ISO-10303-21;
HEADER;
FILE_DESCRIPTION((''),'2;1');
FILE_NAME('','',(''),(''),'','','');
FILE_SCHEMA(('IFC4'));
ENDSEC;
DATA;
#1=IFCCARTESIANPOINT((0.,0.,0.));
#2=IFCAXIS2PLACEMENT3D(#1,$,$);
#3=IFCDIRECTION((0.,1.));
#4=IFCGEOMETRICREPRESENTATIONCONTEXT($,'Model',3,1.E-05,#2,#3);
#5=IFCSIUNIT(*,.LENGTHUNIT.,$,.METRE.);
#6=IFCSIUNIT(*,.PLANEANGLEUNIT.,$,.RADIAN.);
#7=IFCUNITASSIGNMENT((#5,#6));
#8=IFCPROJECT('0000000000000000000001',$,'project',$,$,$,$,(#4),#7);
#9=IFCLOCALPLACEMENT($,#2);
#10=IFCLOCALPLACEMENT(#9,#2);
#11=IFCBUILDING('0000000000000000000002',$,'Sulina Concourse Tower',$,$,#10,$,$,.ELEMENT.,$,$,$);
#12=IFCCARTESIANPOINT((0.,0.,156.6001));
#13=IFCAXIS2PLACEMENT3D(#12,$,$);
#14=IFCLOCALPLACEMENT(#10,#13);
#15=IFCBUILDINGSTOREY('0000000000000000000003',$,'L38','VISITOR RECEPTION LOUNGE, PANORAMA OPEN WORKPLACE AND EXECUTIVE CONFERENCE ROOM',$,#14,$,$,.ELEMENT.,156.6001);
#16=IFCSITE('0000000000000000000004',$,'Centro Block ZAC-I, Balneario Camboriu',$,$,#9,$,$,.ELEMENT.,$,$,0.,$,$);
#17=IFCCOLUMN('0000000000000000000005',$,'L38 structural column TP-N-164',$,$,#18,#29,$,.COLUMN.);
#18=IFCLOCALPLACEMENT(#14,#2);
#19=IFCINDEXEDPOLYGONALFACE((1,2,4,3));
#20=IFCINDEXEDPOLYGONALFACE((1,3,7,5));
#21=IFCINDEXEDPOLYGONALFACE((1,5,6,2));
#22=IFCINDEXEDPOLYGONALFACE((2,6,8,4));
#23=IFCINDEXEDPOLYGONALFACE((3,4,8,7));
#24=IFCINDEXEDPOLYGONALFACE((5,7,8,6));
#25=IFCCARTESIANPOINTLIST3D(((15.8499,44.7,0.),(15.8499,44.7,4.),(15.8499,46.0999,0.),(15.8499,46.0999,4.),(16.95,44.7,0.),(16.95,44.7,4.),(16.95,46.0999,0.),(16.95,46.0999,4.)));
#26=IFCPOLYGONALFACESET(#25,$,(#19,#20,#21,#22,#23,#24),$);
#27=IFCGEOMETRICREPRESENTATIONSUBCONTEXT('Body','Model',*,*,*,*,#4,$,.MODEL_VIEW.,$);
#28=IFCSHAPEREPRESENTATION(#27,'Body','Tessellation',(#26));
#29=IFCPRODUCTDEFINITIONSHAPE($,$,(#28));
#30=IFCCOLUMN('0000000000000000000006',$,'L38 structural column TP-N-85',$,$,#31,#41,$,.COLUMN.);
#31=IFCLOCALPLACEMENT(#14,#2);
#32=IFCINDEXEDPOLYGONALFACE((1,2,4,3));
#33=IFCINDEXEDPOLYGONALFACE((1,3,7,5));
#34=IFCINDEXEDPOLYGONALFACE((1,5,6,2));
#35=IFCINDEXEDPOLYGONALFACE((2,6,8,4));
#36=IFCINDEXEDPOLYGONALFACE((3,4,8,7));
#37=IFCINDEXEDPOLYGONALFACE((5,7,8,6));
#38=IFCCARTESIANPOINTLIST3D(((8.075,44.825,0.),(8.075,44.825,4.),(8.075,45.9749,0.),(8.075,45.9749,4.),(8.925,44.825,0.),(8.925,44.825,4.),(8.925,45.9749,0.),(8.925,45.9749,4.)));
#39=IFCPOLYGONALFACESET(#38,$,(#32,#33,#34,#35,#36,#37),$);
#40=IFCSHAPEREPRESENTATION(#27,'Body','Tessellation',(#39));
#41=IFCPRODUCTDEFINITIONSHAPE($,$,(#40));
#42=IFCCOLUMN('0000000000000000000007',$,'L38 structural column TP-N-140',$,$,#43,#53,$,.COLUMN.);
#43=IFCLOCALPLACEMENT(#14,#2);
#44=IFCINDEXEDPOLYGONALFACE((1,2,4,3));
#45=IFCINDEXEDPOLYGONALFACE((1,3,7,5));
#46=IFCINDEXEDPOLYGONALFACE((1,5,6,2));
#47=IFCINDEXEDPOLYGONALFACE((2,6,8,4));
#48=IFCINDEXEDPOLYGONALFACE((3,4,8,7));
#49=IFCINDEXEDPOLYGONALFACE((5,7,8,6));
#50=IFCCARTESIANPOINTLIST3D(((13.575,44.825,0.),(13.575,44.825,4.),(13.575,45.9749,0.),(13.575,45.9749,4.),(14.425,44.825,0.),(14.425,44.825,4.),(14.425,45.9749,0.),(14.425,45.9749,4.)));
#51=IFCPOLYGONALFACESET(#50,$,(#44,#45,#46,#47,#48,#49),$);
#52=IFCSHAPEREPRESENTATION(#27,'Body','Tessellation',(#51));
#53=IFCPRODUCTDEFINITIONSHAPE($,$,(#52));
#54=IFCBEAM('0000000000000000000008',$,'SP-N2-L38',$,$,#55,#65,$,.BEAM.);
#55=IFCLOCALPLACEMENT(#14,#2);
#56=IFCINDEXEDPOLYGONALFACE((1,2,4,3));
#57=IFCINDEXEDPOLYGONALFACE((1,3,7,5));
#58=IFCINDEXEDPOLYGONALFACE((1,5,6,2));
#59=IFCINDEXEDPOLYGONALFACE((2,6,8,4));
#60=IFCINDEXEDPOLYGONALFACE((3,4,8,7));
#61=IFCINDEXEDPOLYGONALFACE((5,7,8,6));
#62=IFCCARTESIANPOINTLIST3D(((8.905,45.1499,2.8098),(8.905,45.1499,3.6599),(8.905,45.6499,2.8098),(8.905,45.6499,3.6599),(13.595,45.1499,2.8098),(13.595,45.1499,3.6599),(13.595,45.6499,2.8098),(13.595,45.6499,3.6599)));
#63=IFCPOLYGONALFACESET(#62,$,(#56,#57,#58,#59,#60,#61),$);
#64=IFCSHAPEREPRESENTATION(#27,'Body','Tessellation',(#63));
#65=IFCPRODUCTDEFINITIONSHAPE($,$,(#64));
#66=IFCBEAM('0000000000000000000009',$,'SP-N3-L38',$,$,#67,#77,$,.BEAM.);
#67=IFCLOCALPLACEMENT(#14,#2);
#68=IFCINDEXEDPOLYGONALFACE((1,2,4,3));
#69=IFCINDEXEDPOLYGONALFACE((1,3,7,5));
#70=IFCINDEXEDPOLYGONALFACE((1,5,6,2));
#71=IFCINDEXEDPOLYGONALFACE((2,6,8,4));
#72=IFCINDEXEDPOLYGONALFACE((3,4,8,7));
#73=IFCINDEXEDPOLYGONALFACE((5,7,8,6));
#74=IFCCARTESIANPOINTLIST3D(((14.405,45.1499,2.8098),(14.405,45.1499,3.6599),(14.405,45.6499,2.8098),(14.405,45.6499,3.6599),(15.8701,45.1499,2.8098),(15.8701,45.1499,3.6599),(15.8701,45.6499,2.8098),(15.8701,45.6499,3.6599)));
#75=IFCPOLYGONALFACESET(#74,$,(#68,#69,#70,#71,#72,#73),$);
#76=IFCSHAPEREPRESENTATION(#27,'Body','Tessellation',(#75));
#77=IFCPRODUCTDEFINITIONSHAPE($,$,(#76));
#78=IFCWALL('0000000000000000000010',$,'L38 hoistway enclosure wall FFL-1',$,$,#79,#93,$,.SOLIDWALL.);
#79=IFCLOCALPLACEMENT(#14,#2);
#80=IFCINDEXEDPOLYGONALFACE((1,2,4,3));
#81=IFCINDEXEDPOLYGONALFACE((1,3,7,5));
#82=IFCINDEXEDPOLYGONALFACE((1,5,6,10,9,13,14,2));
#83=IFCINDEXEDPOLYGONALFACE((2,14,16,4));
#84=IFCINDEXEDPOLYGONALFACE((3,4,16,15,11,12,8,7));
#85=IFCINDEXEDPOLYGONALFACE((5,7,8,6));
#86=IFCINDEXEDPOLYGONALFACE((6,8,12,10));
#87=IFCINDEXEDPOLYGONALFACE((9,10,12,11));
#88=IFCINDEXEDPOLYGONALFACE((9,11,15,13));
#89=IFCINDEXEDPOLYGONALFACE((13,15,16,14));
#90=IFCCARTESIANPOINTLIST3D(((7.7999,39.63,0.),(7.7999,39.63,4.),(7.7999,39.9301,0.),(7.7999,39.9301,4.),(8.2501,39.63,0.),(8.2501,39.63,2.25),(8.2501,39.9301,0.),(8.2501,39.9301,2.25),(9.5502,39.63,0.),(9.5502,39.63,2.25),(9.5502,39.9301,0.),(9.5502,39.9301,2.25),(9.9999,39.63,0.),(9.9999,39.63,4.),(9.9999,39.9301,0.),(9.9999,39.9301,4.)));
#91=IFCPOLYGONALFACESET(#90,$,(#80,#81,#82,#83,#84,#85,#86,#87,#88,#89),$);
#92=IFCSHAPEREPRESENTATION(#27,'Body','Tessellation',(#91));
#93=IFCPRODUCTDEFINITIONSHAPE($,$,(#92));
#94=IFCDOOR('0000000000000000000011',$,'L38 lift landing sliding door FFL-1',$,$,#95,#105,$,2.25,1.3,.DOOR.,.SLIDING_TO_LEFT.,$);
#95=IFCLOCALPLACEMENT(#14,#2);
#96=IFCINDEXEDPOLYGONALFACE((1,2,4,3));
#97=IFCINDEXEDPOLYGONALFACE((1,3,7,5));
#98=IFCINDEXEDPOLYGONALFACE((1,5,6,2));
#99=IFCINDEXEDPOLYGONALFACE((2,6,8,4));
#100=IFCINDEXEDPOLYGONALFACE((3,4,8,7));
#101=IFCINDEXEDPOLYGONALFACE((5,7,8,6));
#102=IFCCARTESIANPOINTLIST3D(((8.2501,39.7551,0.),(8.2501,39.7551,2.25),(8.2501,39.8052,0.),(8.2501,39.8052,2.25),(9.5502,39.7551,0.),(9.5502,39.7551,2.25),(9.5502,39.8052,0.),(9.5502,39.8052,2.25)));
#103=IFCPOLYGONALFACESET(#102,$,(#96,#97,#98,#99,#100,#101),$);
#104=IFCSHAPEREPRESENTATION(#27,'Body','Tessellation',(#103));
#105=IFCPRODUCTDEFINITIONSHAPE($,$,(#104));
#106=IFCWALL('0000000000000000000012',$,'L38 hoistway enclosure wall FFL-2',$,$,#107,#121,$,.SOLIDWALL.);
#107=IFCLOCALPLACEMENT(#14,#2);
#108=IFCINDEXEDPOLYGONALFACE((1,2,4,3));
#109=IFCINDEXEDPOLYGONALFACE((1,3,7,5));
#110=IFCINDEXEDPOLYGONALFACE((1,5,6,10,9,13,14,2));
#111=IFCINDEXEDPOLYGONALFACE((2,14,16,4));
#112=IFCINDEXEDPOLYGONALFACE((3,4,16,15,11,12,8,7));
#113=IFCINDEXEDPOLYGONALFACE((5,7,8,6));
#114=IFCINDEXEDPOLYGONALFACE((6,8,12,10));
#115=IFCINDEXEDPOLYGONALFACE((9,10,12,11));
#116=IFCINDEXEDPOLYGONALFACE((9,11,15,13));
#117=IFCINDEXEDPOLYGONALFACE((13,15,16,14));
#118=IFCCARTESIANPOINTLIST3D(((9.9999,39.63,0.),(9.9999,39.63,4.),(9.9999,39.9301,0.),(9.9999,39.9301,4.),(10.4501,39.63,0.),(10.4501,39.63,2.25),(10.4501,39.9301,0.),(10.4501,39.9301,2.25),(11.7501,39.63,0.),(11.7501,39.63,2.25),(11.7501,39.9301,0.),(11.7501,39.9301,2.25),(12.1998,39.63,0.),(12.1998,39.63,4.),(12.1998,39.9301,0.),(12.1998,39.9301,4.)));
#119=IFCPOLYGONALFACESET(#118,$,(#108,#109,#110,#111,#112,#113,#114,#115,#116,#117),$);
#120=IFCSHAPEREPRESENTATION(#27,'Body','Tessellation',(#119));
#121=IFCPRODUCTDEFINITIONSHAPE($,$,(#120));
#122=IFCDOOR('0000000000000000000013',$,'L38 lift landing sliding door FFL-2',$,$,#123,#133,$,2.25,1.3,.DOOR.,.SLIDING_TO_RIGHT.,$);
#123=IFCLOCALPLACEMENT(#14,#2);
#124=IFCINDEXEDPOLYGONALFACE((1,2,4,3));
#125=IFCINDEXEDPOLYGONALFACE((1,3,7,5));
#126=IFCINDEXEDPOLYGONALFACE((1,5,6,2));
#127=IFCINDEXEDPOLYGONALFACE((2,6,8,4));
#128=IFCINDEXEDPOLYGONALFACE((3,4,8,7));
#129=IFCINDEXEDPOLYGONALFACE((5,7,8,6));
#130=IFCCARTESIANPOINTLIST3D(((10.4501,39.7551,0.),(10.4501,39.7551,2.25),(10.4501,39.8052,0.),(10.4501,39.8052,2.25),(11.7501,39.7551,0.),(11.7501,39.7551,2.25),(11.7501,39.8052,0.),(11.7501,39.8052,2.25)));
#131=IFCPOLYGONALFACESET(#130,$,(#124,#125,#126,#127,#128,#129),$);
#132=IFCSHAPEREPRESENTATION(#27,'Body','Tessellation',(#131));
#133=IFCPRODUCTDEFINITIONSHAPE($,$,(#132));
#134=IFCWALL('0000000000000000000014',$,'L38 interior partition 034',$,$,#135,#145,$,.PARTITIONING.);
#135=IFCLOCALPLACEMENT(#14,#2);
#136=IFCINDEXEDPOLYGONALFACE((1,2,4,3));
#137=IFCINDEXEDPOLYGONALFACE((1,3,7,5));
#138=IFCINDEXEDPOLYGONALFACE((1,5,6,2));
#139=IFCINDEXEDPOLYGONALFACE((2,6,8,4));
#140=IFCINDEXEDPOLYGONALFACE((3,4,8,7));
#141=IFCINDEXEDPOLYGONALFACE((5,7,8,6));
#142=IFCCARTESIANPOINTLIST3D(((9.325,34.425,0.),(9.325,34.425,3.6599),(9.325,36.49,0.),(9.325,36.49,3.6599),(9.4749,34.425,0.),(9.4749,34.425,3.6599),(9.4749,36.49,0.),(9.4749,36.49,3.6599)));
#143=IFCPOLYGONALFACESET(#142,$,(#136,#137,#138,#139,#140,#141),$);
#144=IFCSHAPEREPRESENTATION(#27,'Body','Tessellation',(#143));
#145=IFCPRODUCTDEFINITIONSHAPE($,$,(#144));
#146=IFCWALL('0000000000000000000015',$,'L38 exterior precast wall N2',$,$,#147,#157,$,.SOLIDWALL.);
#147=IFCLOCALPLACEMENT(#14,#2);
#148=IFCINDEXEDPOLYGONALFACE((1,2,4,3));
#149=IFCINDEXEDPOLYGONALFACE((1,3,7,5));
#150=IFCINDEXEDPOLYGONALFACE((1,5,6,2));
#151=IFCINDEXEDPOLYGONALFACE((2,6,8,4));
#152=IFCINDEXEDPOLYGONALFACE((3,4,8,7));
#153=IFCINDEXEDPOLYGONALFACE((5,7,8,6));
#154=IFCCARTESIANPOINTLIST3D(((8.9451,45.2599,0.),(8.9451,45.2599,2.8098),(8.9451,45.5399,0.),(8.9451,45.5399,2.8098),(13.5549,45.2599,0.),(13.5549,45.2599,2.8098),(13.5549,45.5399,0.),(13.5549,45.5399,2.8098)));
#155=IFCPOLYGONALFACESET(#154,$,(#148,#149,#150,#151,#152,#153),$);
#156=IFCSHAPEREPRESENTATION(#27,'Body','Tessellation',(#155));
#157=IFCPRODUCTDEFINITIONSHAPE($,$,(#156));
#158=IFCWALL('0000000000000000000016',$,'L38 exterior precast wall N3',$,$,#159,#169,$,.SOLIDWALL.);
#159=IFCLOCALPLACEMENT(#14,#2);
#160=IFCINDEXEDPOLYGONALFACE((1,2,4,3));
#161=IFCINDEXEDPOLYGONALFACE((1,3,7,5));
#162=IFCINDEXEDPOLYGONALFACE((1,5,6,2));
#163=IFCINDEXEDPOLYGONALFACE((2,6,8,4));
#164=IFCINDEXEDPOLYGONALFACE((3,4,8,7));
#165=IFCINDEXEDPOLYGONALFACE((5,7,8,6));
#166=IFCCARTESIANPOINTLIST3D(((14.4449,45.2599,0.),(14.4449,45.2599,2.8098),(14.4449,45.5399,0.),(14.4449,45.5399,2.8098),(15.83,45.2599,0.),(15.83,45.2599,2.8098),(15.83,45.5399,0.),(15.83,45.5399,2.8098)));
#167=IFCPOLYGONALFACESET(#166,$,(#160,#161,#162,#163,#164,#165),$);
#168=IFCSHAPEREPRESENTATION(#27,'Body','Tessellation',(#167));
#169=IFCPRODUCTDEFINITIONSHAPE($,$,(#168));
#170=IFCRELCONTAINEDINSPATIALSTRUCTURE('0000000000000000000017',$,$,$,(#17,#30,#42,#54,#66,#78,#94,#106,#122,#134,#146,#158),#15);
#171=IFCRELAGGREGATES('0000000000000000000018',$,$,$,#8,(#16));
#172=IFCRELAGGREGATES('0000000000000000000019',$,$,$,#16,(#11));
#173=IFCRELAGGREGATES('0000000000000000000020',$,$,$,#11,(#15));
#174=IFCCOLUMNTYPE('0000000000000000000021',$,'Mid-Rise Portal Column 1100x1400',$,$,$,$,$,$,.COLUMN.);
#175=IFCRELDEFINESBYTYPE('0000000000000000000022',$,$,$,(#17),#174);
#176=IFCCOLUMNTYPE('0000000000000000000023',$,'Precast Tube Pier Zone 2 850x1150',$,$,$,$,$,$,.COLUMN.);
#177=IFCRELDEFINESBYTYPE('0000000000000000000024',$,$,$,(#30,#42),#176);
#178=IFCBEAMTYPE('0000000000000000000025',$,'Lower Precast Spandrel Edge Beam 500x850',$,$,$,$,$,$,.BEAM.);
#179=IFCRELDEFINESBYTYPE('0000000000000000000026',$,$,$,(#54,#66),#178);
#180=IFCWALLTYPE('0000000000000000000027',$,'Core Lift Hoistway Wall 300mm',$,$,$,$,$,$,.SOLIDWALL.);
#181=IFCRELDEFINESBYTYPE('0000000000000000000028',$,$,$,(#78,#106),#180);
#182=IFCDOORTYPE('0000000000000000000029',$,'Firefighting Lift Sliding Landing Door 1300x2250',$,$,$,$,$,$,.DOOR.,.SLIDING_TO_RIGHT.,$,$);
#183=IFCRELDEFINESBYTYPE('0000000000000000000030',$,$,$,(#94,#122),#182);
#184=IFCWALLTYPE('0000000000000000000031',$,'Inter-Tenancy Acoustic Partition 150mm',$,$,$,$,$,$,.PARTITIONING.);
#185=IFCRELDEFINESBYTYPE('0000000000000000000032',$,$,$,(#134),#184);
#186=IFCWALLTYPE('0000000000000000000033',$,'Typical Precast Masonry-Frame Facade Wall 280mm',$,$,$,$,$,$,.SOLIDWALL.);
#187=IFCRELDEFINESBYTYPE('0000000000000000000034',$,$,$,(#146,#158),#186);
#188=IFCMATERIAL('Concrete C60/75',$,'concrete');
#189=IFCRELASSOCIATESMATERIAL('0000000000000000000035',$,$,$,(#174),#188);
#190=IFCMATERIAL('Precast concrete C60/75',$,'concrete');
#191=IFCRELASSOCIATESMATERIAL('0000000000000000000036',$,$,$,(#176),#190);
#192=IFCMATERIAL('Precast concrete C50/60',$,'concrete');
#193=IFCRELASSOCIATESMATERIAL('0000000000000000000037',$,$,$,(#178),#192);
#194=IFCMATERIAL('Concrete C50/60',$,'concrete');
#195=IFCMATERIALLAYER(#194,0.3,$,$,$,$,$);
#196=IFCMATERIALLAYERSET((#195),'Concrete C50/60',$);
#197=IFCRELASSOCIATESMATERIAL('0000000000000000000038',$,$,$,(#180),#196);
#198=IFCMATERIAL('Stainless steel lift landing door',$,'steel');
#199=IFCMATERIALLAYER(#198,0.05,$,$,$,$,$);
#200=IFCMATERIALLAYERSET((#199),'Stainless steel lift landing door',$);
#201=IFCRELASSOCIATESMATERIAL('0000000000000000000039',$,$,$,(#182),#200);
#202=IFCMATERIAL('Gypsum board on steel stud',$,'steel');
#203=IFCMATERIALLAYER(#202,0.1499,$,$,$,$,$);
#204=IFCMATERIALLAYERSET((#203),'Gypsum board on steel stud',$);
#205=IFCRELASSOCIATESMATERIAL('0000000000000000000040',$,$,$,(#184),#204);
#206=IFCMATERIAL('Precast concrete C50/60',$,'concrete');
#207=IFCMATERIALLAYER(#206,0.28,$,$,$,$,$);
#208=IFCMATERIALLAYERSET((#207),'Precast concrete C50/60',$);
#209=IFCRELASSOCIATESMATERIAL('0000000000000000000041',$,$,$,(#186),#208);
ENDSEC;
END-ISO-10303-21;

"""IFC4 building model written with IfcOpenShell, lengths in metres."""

from ifc_helpers import new_model, si_unit, direction, frame, frame_2d, origin, origin_2d, place, context, subcontext, project, spatial, rectangle, extrude, material, layer, layer_set, material_profile, profile_set, type_object, element, fill, save


model = new_model("IFC4")

# Units and contexts
model_context = context("Model", 3, precision=1e-05, world=origin(), true_north=direction((0.0, 1.0)))
body_context = subcontext(model_context, "Body", "Model", "MODEL_VIEW")
ifc_project = project(units=[si_unit("LENGTHUNIT", "METRE"), si_unit("PLANEANGLEUNIT", "RADIAN")], contexts=[model_context])

# Site, building, storey
site_placement = place(None, origin())
site = spatial("IfcSite", under=ifc_project, at=site_placement, Name="Centro Block ZAC-I, Balneario Camboriu", CompositionType="ELEMENT", RefElevation=0.0)
building_placement = place(site_placement, origin())
building = spatial("IfcBuilding", under=site, at=building_placement, Name="Sulina Concourse Tower", CompositionType="ELEMENT")
storey_placement = place(building_placement, frame((0.0, 0.0, 156.6001)))
storey = spatial("IfcBuildingStorey", under=building, at=storey_placement, Name="L38", Description="VISITOR RECEPTION LOUNGE, PANORAMA OPEN WORKPLACE AND EXECUTIVE CONFERENCE ROOM", CompositionType="ELEMENT", Elevation=156.6001)

# Columns
ifc_material_1 = material(Name="Concrete C60/75", Category="concrete")
ifc_material_profile_1 = material_profile(ifc_material_1, rectangle(XDim=1.1001, YDim=1.3999, at=origin_2d()), Name="RC 1100x1400")
ifc_profile_set_1 = profile_set([ifc_material_profile_1], Name="Concrete C60/75")
column_type_1 = type_object("IfcColumnType", Name="Mid-Rise Portal Column 1100x1400", PredefinedType="COLUMN", material=ifc_profile_set_1)
column_placement = place(storey_placement, frame((16.3999, 45.3999, 0.0), z_axis=(0.0, 0.0, 1.0), x_axis=(1.0, 0.0, 0.0)))
element("IfcColumn", 1, at=column_placement, inside=storey, type_object=column_type_1, Name="L38 structural column TP-N-164", PredefinedType="COLUMN", context=body_context, shape_type="SweptSolid", body=[
    extrude(rectangle(XDim=1.1001, YDim=1.3999, at=origin_2d()), origin(), (0.0, 0.0, 1.0), 4.0),
])
ifc_material_2 = material(Name="Precast concrete C60/75", Category="concrete")
ifc_material_profile_2 = material_profile(ifc_material_2, rectangle(XDim=0.8501, YDim=1.1499, at=origin_2d()), Name="PC 850x1150")
ifc_profile_set_2 = profile_set([ifc_material_profile_2], Name="Precast concrete C60/75")
column_type_2 = type_object("IfcColumnType", Name="Precast Tube Pier Zone 2 850x1150", PredefinedType="COLUMN", material=ifc_profile_set_2)
for number, where, z_axis, x_axis, name in (
    (2, (8.5, 45.3999, 0.0), (0.0, 0.0, 1.0), (1.0, 0.0, 0.0), "L38 structural column TP-N-85"),
    (3, (14.0, 45.3999, 0.0), (0.0, 0.0, 1.0), (1.0, 0.0, 0.0), "L38 structural column TP-N-140"),
):
    element("IfcColumn", number, at=place(storey_placement, frame(where, z_axis=z_axis, x_axis=x_axis)), inside=storey, type_object=column_type_2, Name=name, PredefinedType="COLUMN", context=body_context, shape_type="SweptSolid", body=[
        extrude(rectangle(XDim=0.8501, YDim=1.1499, at=origin_2d()), origin(), (0.0, 0.0, 1.0), 4.0),
    ])

# Beams
ifc_material_3 = material(Name="Precast concrete C50/60", Category="concrete")
ifc_material_profile_3 = material_profile(ifc_material_3, rectangle(XDim=0.5, YDim=0.8501, at=origin_2d()), Name="RC 500x850")
ifc_profile_set_3 = profile_set([ifc_material_profile_3], Name="Precast concrete C50/60")
beam_type = type_object("IfcBeamType", Name="Lower Precast Spandrel Edge Beam 500x850", PredefinedType="BEAM", material=ifc_profile_set_3)
beam_1_placement = place(storey_placement, frame((8.905, 45.3999, 3.2349), z_axis=(1.0, 0.0, 0.0), x_axis=(0.0, 1.0, 0.0)))
element("IfcBeam", 4, at=beam_1_placement, inside=storey, type_object=beam_type, Name="SP-N2-L38", PredefinedType="BEAM", context=body_context, shape_type="SweptSolid", body=[
    extrude(rectangle(XDim=0.5, YDim=0.8501, at=origin_2d()), origin(), (0.0, 0.0, 1.0), 4.6899),
])
beam_2_placement = place(storey_placement, frame((14.405, 45.3999, 3.2349), z_axis=(1.0, 0.0, 0.0), x_axis=(0.0, 1.0, 0.0)))
element("IfcBeam", 5, at=beam_2_placement, inside=storey, type_object=beam_type, Name="SP-N3-L38", PredefinedType="BEAM", context=body_context, shape_type="SweptSolid", body=[
    extrude(rectangle(XDim=0.5, YDim=0.8501, at=origin_2d()), origin(), (0.0, 0.0, 1.0), 1.4651),
])

# Walls, openings, doors
ifc_material_4 = material(Name="Concrete C50/60", Category="concrete")
ifc_layer_1 = layer(ifc_material_4, 0.3)
ifc_layer_set_1 = layer_set([ifc_layer_1], Name="Concrete C50/60")
wall_type_1 = type_object("IfcWallType", Name="Core Lift Hoistway Wall 300mm", PredefinedType="SOLIDWALL", material=ifc_layer_set_1)
wall_1_placement = place(storey_placement, frame((10.0, 39.78, 0.0), z_axis=(0.0, 0.0, 1.0), x_axis=(-1.0, 0.0, 0.0)))
wall_1 = element("IfcWall", 6, at=wall_1_placement, inside=storey, type_object=wall_type_1, Name="L38 hoistway enclosure wall FFL-1", PredefinedType="SOLIDWALL", context=body_context, shape_type="SweptSolid", body=[
    extrude(rectangle(XDim=2.2, YDim=0.3, at=frame_2d((1.1001, 0.0))), origin(), (0.0, 0.0, 1.0), 4.0),
])
opening_1_placement = place(wall_1_placement, frame((0.45, 0.0, 0.0)))
opening_1 = element("IfcOpeningElement", 7, at=opening_1_placement, cuts=wall_1, PredefinedType="OPENING", context=body_context, shape_type="SweptSolid", body=[
    extrude(rectangle(XDim=1.3, YDim=2.25, at=frame_2d((0.6499, 1.125))), frame((0.0, 0.1599, 0.0), z_axis=(0.0, -1.0, 0.0), x_axis=(1.0, 0.0, 0.0)), (0.0, 0.0, 1.0), 0.3201),
])
ifc_material_5 = material(Name="Stainless steel lift landing door", Category="steel")
ifc_layer_2 = layer(ifc_material_5, 0.05)
ifc_layer_set_2 = layer_set([ifc_layer_2], Name="Stainless steel lift landing door")
door_type = type_object("IfcDoorType", Name="Firefighting Lift Sliding Landing Door 1300x2250", OperationType="SLIDING_TO_RIGHT", PredefinedType="DOOR", material=ifc_layer_set_2)
door_1_placement = place(opening_1_placement, origin())
door_1 = element("IfcDoor", 8, at=door_1_placement, inside=storey, type_object=door_type, Name="L38 lift landing sliding door FFL-1", OperationType="SLIDING_TO_LEFT", OverallHeight=2.25, OverallWidth=1.3, PredefinedType="DOOR", context=body_context, shape_type="SweptSolid", body=[
    extrude(rectangle(XDim=1.3, YDim=2.25, at=frame_2d((0.6499, 1.125))), frame((0.0, 0.0249, 0.0), z_axis=(0.0, -1.0, 0.0), x_axis=(1.0, 0.0, 0.0)), (0.0, 0.0, 1.0), 0.05),
])
fill(opening_1, door_1)
wall_2_placement = place(storey_placement, frame((12.2, 39.78, 0.0), z_axis=(0.0, 0.0, 1.0), x_axis=(-1.0, 0.0, 0.0)))
wall_2 = element("IfcWall", 9, at=wall_2_placement, inside=storey, type_object=wall_type_1, Name="L38 hoistway enclosure wall FFL-2", PredefinedType="SOLIDWALL", context=body_context, shape_type="SweptSolid", body=[
    extrude(rectangle(XDim=2.2, YDim=0.3, at=frame_2d((1.1001, 0.0))), origin(), (0.0, 0.0, 1.0), 4.0),
])
opening_2_placement = place(wall_2_placement, frame((0.45, 0.0, 0.0)))
opening_2 = element("IfcOpeningElement", 10, at=opening_2_placement, cuts=wall_2, PredefinedType="OPENING", context=body_context, shape_type="SweptSolid", body=[
    extrude(rectangle(XDim=1.3, YDim=2.25, at=frame_2d((0.6499, 1.125))), frame((0.0, 0.1599, 0.0), z_axis=(0.0, -1.0, 0.0), x_axis=(1.0, 0.0, 0.0)), (0.0, 0.0, 1.0), 0.3201),
])
door_2_placement = place(opening_2_placement, origin())
door_2 = element("IfcDoor", 11, at=door_2_placement, inside=storey, type_object=door_type, Name="L38 lift landing sliding door FFL-2", OperationType="SLIDING_TO_RIGHT", OverallHeight=2.25, OverallWidth=1.3, PredefinedType="DOOR", context=body_context, shape_type="SweptSolid", body=[
    extrude(rectangle(XDim=1.3, YDim=2.25, at=frame_2d((0.6499, 1.125))), frame((0.0, 0.0249, 0.0), z_axis=(0.0, -1.0, 0.0), x_axis=(1.0, 0.0, 0.0)), (0.0, 0.0, 1.0), 0.05),
])
fill(opening_2, door_2)

# Walls
ifc_material_6 = material(Name="Gypsum board on steel stud", Category="steel")
ifc_layer_3 = layer(ifc_material_6, 0.1499)
ifc_layer_set_3 = layer_set([ifc_layer_3], Name="Gypsum board on steel stud")
wall_type_2 = type_object("IfcWallType", Name="Inter-Tenancy Acoustic Partition 150mm", PredefinedType="PARTITIONING", material=ifc_layer_set_3)
wall_3_placement = place(storey_placement, frame((9.3999, 34.425, 0.0), z_axis=(0.0, 0.0, 1.0), x_axis=(0.0, 1.0, 0.0)))
element("IfcWall", 12, at=wall_3_placement, inside=storey, type_object=wall_type_2, Name="L38 interior partition 034", PredefinedType="PARTITIONING", context=body_context, shape_type="SweptSolid", body=[
    extrude(rectangle(XDim=2.0649, YDim=0.1499, at=frame_2d((1.0325, 0.0))), origin(), (0.0, 0.0, 1.0), 3.6599),
])
ifc_material_7 = material(Name="Precast concrete C50/60", Category="concrete")
ifc_layer_4 = layer(ifc_material_7, 0.28)
ifc_layer_set_4 = layer_set([ifc_layer_4], Name="Precast concrete C50/60")
wall_type_3 = type_object("IfcWallType", Name="Typical Precast Masonry-Frame Facade Wall 280mm", PredefinedType="SOLIDWALL", material=ifc_layer_set_4)
wall_4_placement = place(storey_placement, frame((8.9451, 45.3999, 0.0), z_axis=(0.0, 0.0, 1.0), x_axis=(1.0, 0.0, 0.0)))
element("IfcWall", 13, at=wall_4_placement, inside=storey, type_object=wall_type_3, Name="L38 exterior precast wall N2", PredefinedType="SOLIDWALL", context=body_context, shape_type="SweptSolid", body=[
    extrude(rectangle(XDim=4.6099, YDim=0.28, at=frame_2d((2.3049, 0.0))), origin(), (0.0, 0.0, 1.0), 2.8098),
])
wall_5_placement = place(storey_placement, frame((14.4451, 45.3999, 0.0), z_axis=(0.0, 0.0, 1.0), x_axis=(1.0, 0.0, 0.0)))
element("IfcWall", 14, at=wall_5_placement, inside=storey, type_object=wall_type_3, Name="L38 exterior precast wall N3", PredefinedType="SOLIDWALL", context=body_context, shape_type="SweptSolid", body=[
    extrude(rectangle(XDim=1.385, YDim=0.28, at=frame_2d((0.6924, 0.0))), origin(), (0.0, 0.0, 1.0), 2.8098),
])

save(model, "model.ifc")
